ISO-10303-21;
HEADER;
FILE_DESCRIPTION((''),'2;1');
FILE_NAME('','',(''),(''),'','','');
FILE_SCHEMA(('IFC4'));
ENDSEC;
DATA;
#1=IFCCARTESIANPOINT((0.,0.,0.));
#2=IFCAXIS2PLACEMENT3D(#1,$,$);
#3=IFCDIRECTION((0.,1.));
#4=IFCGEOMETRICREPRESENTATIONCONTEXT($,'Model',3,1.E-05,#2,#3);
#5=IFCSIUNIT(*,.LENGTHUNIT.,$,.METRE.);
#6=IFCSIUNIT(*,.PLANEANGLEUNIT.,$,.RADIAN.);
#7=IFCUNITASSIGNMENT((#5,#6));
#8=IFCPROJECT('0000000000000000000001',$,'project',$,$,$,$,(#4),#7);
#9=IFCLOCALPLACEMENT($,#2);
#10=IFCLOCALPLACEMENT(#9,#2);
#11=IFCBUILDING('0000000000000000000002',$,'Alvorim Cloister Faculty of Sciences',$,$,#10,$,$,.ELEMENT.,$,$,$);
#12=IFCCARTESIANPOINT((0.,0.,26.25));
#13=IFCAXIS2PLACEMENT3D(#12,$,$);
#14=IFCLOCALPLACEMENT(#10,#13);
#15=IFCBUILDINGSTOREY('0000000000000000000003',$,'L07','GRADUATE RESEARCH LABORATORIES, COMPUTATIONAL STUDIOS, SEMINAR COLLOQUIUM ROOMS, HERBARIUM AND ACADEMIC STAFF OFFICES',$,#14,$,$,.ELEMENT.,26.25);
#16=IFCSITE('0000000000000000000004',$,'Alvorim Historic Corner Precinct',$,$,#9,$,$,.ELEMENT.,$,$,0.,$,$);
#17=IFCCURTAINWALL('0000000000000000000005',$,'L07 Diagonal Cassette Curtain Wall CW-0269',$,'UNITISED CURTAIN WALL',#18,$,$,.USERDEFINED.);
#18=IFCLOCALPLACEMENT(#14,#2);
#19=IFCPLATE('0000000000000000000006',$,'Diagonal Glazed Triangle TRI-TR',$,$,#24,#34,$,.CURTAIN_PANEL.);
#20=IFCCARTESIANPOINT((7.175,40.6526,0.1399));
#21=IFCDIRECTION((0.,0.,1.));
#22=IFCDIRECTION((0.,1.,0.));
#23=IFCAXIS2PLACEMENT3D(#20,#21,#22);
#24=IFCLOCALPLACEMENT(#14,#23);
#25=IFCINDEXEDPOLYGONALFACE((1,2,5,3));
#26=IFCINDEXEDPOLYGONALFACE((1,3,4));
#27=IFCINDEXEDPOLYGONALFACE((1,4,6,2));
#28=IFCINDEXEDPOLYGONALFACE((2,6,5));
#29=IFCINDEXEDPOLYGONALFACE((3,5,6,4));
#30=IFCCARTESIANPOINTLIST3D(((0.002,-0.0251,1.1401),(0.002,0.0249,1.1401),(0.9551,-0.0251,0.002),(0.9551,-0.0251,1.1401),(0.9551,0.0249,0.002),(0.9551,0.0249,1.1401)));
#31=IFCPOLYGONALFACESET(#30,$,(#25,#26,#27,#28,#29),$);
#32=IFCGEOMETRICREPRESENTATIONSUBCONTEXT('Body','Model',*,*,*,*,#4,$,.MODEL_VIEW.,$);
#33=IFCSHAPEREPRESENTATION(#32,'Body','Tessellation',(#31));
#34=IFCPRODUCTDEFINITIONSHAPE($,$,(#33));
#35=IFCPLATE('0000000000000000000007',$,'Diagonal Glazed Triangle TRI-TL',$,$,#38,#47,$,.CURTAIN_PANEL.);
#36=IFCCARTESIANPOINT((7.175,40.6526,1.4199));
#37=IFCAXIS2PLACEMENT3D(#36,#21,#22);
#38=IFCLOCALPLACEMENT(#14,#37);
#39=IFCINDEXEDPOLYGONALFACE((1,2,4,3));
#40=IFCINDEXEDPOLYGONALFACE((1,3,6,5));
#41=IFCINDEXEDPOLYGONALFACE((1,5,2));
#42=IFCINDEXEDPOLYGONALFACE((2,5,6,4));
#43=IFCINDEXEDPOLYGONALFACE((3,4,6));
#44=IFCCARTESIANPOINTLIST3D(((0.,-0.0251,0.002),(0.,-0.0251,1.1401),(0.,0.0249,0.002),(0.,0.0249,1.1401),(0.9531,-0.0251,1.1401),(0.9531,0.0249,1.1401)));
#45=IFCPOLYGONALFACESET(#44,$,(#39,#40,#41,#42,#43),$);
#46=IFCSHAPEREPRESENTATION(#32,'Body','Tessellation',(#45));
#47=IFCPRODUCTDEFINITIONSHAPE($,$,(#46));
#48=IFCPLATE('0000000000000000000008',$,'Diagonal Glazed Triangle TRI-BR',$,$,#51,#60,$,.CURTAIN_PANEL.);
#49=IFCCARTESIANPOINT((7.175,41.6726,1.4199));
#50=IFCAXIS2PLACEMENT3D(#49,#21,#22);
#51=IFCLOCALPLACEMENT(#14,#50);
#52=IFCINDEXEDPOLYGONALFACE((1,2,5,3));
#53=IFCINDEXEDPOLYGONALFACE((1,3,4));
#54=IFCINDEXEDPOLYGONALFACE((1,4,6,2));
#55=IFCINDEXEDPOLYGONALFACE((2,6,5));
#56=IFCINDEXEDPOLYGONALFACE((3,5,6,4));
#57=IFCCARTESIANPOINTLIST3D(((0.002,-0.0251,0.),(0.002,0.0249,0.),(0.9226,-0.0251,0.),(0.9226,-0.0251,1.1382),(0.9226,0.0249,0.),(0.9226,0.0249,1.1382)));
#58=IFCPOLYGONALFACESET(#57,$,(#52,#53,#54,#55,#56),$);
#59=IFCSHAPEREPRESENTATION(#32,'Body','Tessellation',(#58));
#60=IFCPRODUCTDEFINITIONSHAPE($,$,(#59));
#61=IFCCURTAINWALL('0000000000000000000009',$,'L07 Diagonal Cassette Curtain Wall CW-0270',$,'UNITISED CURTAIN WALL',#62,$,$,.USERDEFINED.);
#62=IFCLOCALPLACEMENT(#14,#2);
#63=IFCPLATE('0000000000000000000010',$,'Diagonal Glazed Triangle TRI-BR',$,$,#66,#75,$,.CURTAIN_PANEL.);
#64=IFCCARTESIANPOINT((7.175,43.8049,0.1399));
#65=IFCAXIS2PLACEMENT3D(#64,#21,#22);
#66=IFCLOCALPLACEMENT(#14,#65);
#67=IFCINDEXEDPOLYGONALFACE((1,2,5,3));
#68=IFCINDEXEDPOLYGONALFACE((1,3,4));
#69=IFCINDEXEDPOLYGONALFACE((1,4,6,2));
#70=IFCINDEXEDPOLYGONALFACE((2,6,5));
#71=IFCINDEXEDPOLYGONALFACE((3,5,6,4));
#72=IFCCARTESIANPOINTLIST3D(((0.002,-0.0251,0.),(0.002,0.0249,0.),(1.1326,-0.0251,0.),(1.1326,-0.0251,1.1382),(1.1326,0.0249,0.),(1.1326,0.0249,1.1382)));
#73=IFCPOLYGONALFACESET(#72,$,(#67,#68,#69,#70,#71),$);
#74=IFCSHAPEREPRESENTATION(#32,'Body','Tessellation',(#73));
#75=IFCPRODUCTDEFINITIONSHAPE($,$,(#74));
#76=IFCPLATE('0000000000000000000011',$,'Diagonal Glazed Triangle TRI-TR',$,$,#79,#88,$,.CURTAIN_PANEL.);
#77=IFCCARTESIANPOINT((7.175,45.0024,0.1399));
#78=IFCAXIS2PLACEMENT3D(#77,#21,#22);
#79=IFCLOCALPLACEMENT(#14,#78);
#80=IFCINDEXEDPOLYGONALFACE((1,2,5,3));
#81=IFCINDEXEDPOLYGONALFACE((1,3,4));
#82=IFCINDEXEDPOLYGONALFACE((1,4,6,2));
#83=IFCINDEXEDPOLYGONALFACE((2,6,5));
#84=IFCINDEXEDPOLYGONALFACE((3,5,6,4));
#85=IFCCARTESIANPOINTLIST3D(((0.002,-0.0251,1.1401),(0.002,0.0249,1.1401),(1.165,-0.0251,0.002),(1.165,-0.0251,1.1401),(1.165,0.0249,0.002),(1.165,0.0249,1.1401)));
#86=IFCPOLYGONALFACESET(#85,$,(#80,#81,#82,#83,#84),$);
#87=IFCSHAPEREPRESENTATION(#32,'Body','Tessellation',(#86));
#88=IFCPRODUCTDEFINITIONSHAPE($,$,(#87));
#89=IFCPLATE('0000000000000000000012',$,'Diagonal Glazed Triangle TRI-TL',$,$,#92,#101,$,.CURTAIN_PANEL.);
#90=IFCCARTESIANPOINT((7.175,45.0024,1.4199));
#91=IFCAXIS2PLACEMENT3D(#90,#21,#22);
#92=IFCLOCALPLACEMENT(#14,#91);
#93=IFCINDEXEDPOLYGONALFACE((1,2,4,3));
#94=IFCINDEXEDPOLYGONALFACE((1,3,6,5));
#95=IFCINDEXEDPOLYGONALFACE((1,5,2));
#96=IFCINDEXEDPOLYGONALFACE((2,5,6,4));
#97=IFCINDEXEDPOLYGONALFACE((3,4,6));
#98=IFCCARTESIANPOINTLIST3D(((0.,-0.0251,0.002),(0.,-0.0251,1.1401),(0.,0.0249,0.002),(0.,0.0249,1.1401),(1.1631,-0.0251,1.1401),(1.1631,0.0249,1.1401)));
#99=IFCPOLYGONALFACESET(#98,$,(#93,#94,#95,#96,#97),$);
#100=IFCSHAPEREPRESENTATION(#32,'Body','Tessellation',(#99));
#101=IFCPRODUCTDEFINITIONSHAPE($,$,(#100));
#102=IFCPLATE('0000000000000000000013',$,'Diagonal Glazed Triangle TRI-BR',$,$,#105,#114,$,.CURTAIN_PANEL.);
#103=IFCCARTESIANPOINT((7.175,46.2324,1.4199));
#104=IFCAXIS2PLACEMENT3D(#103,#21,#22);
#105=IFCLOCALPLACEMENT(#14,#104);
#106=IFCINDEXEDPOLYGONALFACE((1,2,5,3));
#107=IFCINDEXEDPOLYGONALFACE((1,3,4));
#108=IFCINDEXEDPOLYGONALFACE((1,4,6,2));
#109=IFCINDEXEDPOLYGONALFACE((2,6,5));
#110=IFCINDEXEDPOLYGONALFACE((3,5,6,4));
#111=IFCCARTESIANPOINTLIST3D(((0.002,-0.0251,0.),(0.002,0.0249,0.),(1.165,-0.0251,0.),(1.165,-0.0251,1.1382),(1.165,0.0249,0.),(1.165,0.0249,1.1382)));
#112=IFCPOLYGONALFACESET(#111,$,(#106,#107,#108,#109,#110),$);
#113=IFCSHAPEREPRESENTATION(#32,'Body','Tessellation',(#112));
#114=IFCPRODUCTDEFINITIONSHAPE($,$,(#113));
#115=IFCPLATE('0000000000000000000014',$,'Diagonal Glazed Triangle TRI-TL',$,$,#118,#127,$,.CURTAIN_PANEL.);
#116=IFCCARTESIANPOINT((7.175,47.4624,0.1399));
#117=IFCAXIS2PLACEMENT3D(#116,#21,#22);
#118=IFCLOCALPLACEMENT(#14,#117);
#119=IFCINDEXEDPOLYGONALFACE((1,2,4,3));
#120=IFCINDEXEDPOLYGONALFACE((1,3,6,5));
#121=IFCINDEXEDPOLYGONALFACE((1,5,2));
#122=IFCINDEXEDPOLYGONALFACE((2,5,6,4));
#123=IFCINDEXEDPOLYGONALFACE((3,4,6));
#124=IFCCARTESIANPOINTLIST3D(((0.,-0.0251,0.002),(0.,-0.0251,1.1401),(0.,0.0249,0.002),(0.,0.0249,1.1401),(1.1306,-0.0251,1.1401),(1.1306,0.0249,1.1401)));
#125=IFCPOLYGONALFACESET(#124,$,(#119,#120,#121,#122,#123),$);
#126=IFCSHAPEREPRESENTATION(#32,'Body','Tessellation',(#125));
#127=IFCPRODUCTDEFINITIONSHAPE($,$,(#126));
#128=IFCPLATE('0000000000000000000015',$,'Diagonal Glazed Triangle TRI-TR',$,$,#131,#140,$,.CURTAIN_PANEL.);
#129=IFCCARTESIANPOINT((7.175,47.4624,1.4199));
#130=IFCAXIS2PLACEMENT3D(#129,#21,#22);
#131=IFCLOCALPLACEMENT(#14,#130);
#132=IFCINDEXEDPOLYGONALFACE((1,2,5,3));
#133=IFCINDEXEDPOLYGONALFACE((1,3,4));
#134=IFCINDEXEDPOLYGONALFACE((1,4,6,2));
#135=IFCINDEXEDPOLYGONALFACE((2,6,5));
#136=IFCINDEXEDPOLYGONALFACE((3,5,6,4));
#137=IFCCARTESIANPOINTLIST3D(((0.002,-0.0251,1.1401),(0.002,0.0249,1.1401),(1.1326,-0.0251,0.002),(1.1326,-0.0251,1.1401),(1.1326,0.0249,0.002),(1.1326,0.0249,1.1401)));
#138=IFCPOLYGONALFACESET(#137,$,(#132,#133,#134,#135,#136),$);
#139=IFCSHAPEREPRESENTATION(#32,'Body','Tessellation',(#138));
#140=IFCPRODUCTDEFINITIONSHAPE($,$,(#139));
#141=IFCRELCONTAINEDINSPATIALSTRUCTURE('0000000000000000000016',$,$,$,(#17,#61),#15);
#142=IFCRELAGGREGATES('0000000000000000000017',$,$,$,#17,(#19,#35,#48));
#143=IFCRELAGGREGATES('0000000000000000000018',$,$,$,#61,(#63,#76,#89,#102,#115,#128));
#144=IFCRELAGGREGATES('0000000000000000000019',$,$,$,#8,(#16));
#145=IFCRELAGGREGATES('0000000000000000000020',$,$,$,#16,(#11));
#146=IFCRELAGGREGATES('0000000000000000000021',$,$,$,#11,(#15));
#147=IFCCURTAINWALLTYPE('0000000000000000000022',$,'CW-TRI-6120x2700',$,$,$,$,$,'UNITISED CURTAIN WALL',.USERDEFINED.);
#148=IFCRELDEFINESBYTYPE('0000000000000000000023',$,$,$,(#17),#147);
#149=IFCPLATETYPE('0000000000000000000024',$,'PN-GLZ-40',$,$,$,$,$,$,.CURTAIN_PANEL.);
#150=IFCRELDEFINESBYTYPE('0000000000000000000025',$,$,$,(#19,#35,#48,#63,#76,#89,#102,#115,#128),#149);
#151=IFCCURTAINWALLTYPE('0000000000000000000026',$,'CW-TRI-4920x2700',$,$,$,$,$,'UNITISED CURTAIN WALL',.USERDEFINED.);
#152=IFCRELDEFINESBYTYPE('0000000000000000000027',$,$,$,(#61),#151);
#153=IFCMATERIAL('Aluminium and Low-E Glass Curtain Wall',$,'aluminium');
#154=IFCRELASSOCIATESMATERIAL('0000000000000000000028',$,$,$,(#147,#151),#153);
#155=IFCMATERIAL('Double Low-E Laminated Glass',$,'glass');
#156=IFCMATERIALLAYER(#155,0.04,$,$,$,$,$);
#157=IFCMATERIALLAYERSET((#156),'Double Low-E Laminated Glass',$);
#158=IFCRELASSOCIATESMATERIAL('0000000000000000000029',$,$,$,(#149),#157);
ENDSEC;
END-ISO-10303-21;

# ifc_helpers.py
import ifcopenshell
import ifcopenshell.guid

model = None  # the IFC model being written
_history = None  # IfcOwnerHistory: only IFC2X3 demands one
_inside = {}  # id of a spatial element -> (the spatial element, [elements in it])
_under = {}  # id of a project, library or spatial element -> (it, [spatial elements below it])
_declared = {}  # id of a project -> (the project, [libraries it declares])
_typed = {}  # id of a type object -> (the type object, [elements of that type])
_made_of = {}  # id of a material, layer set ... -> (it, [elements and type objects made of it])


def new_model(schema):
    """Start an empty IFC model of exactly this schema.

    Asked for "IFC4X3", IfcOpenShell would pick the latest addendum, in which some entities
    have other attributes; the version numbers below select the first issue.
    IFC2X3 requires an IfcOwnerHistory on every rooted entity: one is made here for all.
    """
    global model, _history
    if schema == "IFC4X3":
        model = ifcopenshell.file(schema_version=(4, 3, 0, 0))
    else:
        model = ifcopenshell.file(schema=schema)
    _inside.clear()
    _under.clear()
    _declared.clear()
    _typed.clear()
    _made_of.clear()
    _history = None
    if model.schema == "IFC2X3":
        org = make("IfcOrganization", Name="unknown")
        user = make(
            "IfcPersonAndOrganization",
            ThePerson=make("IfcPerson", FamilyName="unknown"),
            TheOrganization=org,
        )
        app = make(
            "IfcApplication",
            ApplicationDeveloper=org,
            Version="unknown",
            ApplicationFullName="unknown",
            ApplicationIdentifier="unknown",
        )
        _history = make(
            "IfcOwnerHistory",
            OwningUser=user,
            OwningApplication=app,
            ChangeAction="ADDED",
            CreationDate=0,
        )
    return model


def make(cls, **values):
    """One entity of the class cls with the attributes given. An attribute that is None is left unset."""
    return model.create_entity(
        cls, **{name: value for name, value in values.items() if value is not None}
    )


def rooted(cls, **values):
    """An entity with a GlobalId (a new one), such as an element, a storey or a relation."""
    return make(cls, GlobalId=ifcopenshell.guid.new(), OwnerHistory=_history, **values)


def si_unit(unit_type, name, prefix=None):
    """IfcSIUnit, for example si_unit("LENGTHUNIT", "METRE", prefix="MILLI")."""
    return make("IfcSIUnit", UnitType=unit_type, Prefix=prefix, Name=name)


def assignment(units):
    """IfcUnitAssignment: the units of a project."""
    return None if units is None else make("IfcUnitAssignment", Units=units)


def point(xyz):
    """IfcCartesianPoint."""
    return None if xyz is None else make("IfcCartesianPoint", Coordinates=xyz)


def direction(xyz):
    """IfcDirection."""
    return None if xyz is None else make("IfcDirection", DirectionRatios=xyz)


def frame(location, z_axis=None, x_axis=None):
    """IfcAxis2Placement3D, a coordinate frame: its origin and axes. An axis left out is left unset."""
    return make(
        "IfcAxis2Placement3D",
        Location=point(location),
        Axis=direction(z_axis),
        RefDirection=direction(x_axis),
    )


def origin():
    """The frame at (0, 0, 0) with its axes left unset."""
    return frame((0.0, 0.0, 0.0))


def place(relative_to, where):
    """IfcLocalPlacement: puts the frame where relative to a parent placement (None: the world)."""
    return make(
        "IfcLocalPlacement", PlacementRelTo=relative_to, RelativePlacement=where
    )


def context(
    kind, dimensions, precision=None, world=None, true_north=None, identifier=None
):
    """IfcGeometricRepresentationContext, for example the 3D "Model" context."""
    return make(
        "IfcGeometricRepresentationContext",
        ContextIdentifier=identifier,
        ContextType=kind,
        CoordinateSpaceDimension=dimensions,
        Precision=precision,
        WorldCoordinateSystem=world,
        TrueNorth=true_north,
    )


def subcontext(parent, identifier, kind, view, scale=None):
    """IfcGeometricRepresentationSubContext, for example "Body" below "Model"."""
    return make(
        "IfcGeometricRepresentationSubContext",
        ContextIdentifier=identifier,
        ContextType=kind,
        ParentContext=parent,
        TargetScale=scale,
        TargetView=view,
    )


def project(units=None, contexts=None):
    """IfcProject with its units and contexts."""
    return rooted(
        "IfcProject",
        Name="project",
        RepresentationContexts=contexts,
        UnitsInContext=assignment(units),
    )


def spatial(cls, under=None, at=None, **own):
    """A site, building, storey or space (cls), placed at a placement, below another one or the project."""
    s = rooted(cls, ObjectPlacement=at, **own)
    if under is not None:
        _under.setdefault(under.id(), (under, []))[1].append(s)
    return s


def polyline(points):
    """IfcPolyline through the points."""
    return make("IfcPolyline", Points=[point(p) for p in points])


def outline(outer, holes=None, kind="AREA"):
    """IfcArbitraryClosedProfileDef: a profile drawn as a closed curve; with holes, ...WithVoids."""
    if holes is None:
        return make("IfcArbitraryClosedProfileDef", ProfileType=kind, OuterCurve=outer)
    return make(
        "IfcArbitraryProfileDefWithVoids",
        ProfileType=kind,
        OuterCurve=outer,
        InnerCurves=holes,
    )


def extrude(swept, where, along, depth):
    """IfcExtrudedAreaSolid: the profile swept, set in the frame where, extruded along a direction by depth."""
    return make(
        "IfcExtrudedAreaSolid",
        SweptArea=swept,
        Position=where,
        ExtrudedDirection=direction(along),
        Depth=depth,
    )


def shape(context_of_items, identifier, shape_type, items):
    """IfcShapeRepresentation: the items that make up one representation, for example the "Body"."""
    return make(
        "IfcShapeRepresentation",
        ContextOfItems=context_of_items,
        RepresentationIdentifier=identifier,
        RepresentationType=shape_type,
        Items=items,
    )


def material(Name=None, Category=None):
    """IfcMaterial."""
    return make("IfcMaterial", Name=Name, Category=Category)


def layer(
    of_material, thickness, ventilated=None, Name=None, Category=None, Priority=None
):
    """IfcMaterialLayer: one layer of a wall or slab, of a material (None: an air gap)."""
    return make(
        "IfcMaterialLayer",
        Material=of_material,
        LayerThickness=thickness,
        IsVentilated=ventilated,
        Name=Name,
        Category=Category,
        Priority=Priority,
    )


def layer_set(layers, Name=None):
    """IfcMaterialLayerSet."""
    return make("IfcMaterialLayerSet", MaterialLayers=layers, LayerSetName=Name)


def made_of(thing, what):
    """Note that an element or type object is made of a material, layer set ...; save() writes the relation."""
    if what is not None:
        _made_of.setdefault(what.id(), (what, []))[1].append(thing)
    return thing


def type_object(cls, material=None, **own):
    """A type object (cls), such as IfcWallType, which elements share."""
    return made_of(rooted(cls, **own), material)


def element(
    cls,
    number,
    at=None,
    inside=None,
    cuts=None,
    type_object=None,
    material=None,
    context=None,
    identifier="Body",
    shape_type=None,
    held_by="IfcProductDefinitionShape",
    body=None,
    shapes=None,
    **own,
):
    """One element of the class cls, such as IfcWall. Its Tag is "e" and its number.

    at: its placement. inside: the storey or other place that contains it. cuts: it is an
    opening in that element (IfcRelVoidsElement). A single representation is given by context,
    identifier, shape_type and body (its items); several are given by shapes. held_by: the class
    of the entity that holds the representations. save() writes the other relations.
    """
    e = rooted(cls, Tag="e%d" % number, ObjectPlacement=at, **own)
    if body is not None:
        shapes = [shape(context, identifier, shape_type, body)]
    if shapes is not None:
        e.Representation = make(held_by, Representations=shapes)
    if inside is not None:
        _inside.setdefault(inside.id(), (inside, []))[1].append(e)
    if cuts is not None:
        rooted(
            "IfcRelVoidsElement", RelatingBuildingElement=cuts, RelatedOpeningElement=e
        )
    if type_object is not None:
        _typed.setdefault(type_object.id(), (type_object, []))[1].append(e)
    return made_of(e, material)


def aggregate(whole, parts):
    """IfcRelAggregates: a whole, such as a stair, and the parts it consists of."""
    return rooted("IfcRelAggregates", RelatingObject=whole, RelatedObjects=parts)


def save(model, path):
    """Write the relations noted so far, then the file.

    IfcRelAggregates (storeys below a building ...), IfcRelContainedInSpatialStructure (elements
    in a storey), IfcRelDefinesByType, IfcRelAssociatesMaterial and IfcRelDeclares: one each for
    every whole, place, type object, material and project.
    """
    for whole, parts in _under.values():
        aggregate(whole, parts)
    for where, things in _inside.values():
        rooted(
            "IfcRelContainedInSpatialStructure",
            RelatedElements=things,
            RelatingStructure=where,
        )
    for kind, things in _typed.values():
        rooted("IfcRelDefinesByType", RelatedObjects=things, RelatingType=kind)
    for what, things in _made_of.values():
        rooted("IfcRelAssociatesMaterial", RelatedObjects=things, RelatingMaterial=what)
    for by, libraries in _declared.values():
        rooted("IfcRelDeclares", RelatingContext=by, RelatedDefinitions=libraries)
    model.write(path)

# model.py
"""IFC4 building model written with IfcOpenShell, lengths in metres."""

from ifc_helpers import new_model, si_unit, direction, frame, origin, place, context, subcontext, project, spatial, polyline, outline, extrude, material, layer, layer_set, type_object, element, aggregate, save


model = new_model("IFC4")

# Units and contexts
model_context = context("Model", 3, precision=1e-05, world=origin(), true_north=direction((0.0, 1.0)))
body_context = subcontext(model_context, "Body", "Model", "MODEL_VIEW")
ifc_project = project(units=[si_unit("LENGTHUNIT", "METRE"), si_unit("PLANEANGLEUNIT", "RADIAN")], contexts=[model_context])

# Site, building, storey
site_placement = place(None, origin())
site = spatial("IfcSite", under=ifc_project, at=site_placement, Name="Alvorim Historic Corner Precinct", CompositionType="ELEMENT", RefElevation=0.0)
building_placement = place(site_placement, origin())
building = spatial("IfcBuilding", under=site, at=building_placement, Name="Alvorim Cloister Faculty of Sciences", CompositionType="ELEMENT")
storey_placement = place(building_placement, frame((0.0, 0.0, 26.25)))
storey = spatial("IfcBuildingStorey", under=building, at=storey_placement, Name="L07", Description="GRADUATE RESEARCH LABORATORIES, COMPUTATIONAL STUDIOS, SEMINAR COLLOQUIUM ROOMS, HERBARIUM AND ACADEMIC STAFF OFFICES", CompositionType="ELEMENT", Elevation=26.25)

# Curtain wall
ifc_material_1 = material(Name="Aluminium and Low-E Glass Curtain Wall", Category="aluminium")
curtain_wall_type_1 = type_object("IfcCurtainWallType", Name="CW-TRI-6120x2700", ElementType="UNITISED CURTAIN WALL", PredefinedType="USERDEFINED", material=ifc_material_1)
curtain_wall_1_placement = place(storey_placement, origin())
curtain_wall_1 = element("IfcCurtainWall", 1, at=curtain_wall_1_placement, inside=storey, type_object=curtain_wall_type_1, Name="L07 Diagonal Cassette Curtain Wall CW-0269", ObjectType="UNITISED CURTAIN WALL", PredefinedType="USERDEFINED")

# Plates
ifc_material_2 = material(Name="Double Low-E Laminated Glass", Category="glass")
ifc_layer_1 = layer(ifc_material_2, 0.04)
ifc_layer_set_1 = layer_set([ifc_layer_1], Name="Double Low-E Laminated Glass")
plate_type_1 = type_object("IfcPlateType", Name="PN-GLZ-40", PredefinedType="CURTAIN_PANEL", material=ifc_layer_set_1)
plate_1_placement = place(storey_placement, frame((7.175, 40.6526, 0.1399), z_axis=(0.0, 0.0, 1.0), x_axis=(0.0, 1.0, 0.0)))
plate_1 = element("IfcPlate", 2, at=plate_1_placement, type_object=plate_type_1, Name="Diagonal Glazed Triangle TRI-TR", PredefinedType="CURTAIN_PANEL", context=body_context, shape_type="SweptSolid", body=[
    extrude(outline(polyline([(0.9551, 0.002), (0.9551, 1.1401), (0.002, 1.1401), (0.9551, 0.002)])), frame((0.0, 0.0249, 0.0), z_axis=(0.0, -1.0, 0.0), x_axis=(1.0, 0.0, 0.0)), (0.0, 0.0, 1.0), 0.05),
])
plate_2_placement = place(storey_placement, frame((7.175, 40.6526, 1.4199), z_axis=(0.0, 0.0, 1.0), x_axis=(0.0, 1.0, 0.0)))
plate_2 = element("IfcPlate", 3, at=plate_2_placement, type_object=plate_type_1, Name="Diagonal Glazed Triangle TRI-TL", PredefinedType="CURTAIN_PANEL", context=body_context, shape_type="SweptSolid", body=[
    extrude(outline(polyline([(0.9531, 1.1401), (0.0, 1.1401), (0.0, 0.002), (0.9531, 1.1401)])), frame((0.0, 0.0249, 0.0), z_axis=(0.0, -1.0, 0.0), x_axis=(1.0, 0.0, 0.0)), (0.0, 0.0, 1.0), 0.05),
])
plate_3_placement = place(storey_placement, frame((7.175, 41.6726, 1.4199), z_axis=(0.0, 0.0, 1.0), x_axis=(0.0, 1.0, 0.0)))
plate_3 = element("IfcPlate", 4, at=plate_3_placement, type_object=plate_type_1, Name="Diagonal Glazed Triangle TRI-BR", PredefinedType="CURTAIN_PANEL", context=body_context, shape_type="SweptSolid", body=[
    extrude(outline(polyline([(0.002, 0.0), (0.9226, 0.0), (0.9226, 1.1382), (0.002, 0.0)])), frame((0.0, 0.0249, 0.0), z_axis=(0.0, -1.0, 0.0), x_axis=(1.0, 0.0, 0.0)), (0.0, 0.0, 1.0), 0.05),
])
aggregate(curtain_wall_1, [plate_1, plate_2, plate_3])

# Curtain wall, plates
curtain_wall_type_2 = type_object("IfcCurtainWallType", Name="CW-TRI-4920x2700", ElementType="UNITISED CURTAIN WALL", PredefinedType="USERDEFINED", material=ifc_material_1)
curtain_wall_2_placement = place(storey_placement, origin())
curtain_wall_2 = element("IfcCurtainWall", 5, at=curtain_wall_2_placement, inside=storey, type_object=curtain_wall_type_2, Name="L07 Diagonal Cassette Curtain Wall CW-0270", ObjectType="UNITISED CURTAIN WALL", PredefinedType="USERDEFINED")
plate_4_placement = place(storey_placement, frame((7.175, 43.8049, 0.1399), z_axis=(0.0, 0.0, 1.0), x_axis=(0.0, 1.0, 0.0)))
plate_4 = element("IfcPlate", 6, at=plate_4_placement, type_object=plate_type_1, Name="Diagonal Glazed Triangle TRI-BR", PredefinedType="CURTAIN_PANEL", context=body_context, shape_type="SweptSolid", body=[
    extrude(outline(polyline([(0.002, 0.0), (1.1326, 0.0), (1.1326, 1.1382), (0.002, 0.0)])), frame((0.0, 0.0249, 0.0), z_axis=(0.0, -1.0, 0.0), x_axis=(1.0, 0.0, 0.0)), (0.0, 0.0, 1.0), 0.05),
])
plate_5_placement = place(storey_placement, frame((7.175, 45.0024, 0.1399), z_axis=(0.0, 0.0, 1.0), x_axis=(0.0, 1.0, 0.0)))
plate_5 = element("IfcPlate", 7, at=plate_5_placement, type_object=plate_type_1, Name="Diagonal Glazed Triangle TRI-TR", PredefinedType="CURTAIN_PANEL", context=body_context, shape_type="SweptSolid", body=[
    extrude(outline(polyline([(1.165, 0.002), (1.165, 1.1401), (0.002, 1.1401), (1.165, 0.002)])), frame((0.0, 0.0249, 0.0), z_axis=(0.0, -1.0, 0.0), x_axis=(1.0, 0.0, 0.0)), (0.0, 0.0, 1.0), 0.05),
])
plate_6_placement = place(storey_placement, frame((7.175, 45.0024, 1.4199), z_axis=(0.0, 0.0, 1.0), x_axis=(0.0, 1.0, 0.0)))
plate_6 = element("IfcPlate", 8, at=plate_6_placement, type_object=plate_type_1, Name="Diagonal Glazed Triangle TRI-TL", PredefinedType="CURTAIN_PANEL", context=body_context, shape_type="SweptSolid", body=[
    extrude(outline(polyline([(1.1631, 1.1401), (0.0, 1.1401), (0.0, 0.002), (1.1631, 1.1401)])), frame((0.0, 0.0249, 0.0), z_axis=(0.0, -1.0, 0.0), x_axis=(1.0, 0.0, 0.0)), (0.0, 0.0, 1.0), 0.05),
])
plate_7_placement = place(storey_placement, frame((7.175, 46.2324, 1.4199), z_axis=(0.0, 0.0, 1.0), x_axis=(0.0, 1.0, 0.0)))
plate_7 = element("IfcPlate", 9, at=plate_7_placement, type_object=plate_type_1, Name="Diagonal Glazed Triangle TRI-BR", PredefinedType="CURTAIN_PANEL", context=body_context, shape_type="SweptSolid", body=[
    extrude(outline(polyline([(0.002, 0.0), (1.165, 0.0), (1.165, 1.1382), (0.002, 0.0)])), frame((0.0, 0.0249, 0.0), z_axis=(0.0, -1.0, 0.0), x_axis=(1.0, 0.0, 0.0)), (0.0, 0.0, 1.0), 0.05),
])
plate_8_placement = place(storey_placement, frame((7.175, 47.4624, 0.1399), z_axis=(0.0, 0.0, 1.0), x_axis=(0.0, 1.0, 0.0)))
plate_8 = element("IfcPlate", 10, at=plate_8_placement, type_object=plate_type_1, Name="Diagonal Glazed Triangle TRI-TL", PredefinedType="CURTAIN_PANEL", context=body_context, shape_type="SweptSolid", body=[
    extrude(outline(polyline([(1.1306, 1.1401), (0.0, 1.1401), (0.0, 0.002), (1.1306, 1.1401)])), frame((0.0, 0.0249, 0.0), z_axis=(0.0, -1.0, 0.0), x_axis=(1.0, 0.0, 0.0)), (0.0, 0.0, 1.0), 0.05),
])
plate_9_placement = place(storey_placement, frame((7.175, 47.4624, 1.4199), z_axis=(0.0, 0.0, 1.0), x_axis=(0.0, 1.0, 0.0)))
plate_9 = element("IfcPlate", 11, at=plate_9_placement, type_object=plate_type_1, Name="Diagonal Glazed Triangle TRI-TR", PredefinedType="CURTAIN_PANEL", context=body_context, shape_type="SweptSolid", body=[
    extrude(outline(polyline([(1.1326, 0.002), (1.1326, 1.1401), (0.002, 1.1401), (1.1326, 0.002)])), frame((0.0, 0.0249, 0.0), z_axis=(0.0, -1.0, 0.0), x_axis=(1.0, 0.0, 0.0)), (0.0, 0.0, 1.0), 0.05),
])
aggregate(curtain_wall_2, [plate_4, plate_5, plate_6, plate_7, plate_8, plate_9])

save(model, "model.ifc")
